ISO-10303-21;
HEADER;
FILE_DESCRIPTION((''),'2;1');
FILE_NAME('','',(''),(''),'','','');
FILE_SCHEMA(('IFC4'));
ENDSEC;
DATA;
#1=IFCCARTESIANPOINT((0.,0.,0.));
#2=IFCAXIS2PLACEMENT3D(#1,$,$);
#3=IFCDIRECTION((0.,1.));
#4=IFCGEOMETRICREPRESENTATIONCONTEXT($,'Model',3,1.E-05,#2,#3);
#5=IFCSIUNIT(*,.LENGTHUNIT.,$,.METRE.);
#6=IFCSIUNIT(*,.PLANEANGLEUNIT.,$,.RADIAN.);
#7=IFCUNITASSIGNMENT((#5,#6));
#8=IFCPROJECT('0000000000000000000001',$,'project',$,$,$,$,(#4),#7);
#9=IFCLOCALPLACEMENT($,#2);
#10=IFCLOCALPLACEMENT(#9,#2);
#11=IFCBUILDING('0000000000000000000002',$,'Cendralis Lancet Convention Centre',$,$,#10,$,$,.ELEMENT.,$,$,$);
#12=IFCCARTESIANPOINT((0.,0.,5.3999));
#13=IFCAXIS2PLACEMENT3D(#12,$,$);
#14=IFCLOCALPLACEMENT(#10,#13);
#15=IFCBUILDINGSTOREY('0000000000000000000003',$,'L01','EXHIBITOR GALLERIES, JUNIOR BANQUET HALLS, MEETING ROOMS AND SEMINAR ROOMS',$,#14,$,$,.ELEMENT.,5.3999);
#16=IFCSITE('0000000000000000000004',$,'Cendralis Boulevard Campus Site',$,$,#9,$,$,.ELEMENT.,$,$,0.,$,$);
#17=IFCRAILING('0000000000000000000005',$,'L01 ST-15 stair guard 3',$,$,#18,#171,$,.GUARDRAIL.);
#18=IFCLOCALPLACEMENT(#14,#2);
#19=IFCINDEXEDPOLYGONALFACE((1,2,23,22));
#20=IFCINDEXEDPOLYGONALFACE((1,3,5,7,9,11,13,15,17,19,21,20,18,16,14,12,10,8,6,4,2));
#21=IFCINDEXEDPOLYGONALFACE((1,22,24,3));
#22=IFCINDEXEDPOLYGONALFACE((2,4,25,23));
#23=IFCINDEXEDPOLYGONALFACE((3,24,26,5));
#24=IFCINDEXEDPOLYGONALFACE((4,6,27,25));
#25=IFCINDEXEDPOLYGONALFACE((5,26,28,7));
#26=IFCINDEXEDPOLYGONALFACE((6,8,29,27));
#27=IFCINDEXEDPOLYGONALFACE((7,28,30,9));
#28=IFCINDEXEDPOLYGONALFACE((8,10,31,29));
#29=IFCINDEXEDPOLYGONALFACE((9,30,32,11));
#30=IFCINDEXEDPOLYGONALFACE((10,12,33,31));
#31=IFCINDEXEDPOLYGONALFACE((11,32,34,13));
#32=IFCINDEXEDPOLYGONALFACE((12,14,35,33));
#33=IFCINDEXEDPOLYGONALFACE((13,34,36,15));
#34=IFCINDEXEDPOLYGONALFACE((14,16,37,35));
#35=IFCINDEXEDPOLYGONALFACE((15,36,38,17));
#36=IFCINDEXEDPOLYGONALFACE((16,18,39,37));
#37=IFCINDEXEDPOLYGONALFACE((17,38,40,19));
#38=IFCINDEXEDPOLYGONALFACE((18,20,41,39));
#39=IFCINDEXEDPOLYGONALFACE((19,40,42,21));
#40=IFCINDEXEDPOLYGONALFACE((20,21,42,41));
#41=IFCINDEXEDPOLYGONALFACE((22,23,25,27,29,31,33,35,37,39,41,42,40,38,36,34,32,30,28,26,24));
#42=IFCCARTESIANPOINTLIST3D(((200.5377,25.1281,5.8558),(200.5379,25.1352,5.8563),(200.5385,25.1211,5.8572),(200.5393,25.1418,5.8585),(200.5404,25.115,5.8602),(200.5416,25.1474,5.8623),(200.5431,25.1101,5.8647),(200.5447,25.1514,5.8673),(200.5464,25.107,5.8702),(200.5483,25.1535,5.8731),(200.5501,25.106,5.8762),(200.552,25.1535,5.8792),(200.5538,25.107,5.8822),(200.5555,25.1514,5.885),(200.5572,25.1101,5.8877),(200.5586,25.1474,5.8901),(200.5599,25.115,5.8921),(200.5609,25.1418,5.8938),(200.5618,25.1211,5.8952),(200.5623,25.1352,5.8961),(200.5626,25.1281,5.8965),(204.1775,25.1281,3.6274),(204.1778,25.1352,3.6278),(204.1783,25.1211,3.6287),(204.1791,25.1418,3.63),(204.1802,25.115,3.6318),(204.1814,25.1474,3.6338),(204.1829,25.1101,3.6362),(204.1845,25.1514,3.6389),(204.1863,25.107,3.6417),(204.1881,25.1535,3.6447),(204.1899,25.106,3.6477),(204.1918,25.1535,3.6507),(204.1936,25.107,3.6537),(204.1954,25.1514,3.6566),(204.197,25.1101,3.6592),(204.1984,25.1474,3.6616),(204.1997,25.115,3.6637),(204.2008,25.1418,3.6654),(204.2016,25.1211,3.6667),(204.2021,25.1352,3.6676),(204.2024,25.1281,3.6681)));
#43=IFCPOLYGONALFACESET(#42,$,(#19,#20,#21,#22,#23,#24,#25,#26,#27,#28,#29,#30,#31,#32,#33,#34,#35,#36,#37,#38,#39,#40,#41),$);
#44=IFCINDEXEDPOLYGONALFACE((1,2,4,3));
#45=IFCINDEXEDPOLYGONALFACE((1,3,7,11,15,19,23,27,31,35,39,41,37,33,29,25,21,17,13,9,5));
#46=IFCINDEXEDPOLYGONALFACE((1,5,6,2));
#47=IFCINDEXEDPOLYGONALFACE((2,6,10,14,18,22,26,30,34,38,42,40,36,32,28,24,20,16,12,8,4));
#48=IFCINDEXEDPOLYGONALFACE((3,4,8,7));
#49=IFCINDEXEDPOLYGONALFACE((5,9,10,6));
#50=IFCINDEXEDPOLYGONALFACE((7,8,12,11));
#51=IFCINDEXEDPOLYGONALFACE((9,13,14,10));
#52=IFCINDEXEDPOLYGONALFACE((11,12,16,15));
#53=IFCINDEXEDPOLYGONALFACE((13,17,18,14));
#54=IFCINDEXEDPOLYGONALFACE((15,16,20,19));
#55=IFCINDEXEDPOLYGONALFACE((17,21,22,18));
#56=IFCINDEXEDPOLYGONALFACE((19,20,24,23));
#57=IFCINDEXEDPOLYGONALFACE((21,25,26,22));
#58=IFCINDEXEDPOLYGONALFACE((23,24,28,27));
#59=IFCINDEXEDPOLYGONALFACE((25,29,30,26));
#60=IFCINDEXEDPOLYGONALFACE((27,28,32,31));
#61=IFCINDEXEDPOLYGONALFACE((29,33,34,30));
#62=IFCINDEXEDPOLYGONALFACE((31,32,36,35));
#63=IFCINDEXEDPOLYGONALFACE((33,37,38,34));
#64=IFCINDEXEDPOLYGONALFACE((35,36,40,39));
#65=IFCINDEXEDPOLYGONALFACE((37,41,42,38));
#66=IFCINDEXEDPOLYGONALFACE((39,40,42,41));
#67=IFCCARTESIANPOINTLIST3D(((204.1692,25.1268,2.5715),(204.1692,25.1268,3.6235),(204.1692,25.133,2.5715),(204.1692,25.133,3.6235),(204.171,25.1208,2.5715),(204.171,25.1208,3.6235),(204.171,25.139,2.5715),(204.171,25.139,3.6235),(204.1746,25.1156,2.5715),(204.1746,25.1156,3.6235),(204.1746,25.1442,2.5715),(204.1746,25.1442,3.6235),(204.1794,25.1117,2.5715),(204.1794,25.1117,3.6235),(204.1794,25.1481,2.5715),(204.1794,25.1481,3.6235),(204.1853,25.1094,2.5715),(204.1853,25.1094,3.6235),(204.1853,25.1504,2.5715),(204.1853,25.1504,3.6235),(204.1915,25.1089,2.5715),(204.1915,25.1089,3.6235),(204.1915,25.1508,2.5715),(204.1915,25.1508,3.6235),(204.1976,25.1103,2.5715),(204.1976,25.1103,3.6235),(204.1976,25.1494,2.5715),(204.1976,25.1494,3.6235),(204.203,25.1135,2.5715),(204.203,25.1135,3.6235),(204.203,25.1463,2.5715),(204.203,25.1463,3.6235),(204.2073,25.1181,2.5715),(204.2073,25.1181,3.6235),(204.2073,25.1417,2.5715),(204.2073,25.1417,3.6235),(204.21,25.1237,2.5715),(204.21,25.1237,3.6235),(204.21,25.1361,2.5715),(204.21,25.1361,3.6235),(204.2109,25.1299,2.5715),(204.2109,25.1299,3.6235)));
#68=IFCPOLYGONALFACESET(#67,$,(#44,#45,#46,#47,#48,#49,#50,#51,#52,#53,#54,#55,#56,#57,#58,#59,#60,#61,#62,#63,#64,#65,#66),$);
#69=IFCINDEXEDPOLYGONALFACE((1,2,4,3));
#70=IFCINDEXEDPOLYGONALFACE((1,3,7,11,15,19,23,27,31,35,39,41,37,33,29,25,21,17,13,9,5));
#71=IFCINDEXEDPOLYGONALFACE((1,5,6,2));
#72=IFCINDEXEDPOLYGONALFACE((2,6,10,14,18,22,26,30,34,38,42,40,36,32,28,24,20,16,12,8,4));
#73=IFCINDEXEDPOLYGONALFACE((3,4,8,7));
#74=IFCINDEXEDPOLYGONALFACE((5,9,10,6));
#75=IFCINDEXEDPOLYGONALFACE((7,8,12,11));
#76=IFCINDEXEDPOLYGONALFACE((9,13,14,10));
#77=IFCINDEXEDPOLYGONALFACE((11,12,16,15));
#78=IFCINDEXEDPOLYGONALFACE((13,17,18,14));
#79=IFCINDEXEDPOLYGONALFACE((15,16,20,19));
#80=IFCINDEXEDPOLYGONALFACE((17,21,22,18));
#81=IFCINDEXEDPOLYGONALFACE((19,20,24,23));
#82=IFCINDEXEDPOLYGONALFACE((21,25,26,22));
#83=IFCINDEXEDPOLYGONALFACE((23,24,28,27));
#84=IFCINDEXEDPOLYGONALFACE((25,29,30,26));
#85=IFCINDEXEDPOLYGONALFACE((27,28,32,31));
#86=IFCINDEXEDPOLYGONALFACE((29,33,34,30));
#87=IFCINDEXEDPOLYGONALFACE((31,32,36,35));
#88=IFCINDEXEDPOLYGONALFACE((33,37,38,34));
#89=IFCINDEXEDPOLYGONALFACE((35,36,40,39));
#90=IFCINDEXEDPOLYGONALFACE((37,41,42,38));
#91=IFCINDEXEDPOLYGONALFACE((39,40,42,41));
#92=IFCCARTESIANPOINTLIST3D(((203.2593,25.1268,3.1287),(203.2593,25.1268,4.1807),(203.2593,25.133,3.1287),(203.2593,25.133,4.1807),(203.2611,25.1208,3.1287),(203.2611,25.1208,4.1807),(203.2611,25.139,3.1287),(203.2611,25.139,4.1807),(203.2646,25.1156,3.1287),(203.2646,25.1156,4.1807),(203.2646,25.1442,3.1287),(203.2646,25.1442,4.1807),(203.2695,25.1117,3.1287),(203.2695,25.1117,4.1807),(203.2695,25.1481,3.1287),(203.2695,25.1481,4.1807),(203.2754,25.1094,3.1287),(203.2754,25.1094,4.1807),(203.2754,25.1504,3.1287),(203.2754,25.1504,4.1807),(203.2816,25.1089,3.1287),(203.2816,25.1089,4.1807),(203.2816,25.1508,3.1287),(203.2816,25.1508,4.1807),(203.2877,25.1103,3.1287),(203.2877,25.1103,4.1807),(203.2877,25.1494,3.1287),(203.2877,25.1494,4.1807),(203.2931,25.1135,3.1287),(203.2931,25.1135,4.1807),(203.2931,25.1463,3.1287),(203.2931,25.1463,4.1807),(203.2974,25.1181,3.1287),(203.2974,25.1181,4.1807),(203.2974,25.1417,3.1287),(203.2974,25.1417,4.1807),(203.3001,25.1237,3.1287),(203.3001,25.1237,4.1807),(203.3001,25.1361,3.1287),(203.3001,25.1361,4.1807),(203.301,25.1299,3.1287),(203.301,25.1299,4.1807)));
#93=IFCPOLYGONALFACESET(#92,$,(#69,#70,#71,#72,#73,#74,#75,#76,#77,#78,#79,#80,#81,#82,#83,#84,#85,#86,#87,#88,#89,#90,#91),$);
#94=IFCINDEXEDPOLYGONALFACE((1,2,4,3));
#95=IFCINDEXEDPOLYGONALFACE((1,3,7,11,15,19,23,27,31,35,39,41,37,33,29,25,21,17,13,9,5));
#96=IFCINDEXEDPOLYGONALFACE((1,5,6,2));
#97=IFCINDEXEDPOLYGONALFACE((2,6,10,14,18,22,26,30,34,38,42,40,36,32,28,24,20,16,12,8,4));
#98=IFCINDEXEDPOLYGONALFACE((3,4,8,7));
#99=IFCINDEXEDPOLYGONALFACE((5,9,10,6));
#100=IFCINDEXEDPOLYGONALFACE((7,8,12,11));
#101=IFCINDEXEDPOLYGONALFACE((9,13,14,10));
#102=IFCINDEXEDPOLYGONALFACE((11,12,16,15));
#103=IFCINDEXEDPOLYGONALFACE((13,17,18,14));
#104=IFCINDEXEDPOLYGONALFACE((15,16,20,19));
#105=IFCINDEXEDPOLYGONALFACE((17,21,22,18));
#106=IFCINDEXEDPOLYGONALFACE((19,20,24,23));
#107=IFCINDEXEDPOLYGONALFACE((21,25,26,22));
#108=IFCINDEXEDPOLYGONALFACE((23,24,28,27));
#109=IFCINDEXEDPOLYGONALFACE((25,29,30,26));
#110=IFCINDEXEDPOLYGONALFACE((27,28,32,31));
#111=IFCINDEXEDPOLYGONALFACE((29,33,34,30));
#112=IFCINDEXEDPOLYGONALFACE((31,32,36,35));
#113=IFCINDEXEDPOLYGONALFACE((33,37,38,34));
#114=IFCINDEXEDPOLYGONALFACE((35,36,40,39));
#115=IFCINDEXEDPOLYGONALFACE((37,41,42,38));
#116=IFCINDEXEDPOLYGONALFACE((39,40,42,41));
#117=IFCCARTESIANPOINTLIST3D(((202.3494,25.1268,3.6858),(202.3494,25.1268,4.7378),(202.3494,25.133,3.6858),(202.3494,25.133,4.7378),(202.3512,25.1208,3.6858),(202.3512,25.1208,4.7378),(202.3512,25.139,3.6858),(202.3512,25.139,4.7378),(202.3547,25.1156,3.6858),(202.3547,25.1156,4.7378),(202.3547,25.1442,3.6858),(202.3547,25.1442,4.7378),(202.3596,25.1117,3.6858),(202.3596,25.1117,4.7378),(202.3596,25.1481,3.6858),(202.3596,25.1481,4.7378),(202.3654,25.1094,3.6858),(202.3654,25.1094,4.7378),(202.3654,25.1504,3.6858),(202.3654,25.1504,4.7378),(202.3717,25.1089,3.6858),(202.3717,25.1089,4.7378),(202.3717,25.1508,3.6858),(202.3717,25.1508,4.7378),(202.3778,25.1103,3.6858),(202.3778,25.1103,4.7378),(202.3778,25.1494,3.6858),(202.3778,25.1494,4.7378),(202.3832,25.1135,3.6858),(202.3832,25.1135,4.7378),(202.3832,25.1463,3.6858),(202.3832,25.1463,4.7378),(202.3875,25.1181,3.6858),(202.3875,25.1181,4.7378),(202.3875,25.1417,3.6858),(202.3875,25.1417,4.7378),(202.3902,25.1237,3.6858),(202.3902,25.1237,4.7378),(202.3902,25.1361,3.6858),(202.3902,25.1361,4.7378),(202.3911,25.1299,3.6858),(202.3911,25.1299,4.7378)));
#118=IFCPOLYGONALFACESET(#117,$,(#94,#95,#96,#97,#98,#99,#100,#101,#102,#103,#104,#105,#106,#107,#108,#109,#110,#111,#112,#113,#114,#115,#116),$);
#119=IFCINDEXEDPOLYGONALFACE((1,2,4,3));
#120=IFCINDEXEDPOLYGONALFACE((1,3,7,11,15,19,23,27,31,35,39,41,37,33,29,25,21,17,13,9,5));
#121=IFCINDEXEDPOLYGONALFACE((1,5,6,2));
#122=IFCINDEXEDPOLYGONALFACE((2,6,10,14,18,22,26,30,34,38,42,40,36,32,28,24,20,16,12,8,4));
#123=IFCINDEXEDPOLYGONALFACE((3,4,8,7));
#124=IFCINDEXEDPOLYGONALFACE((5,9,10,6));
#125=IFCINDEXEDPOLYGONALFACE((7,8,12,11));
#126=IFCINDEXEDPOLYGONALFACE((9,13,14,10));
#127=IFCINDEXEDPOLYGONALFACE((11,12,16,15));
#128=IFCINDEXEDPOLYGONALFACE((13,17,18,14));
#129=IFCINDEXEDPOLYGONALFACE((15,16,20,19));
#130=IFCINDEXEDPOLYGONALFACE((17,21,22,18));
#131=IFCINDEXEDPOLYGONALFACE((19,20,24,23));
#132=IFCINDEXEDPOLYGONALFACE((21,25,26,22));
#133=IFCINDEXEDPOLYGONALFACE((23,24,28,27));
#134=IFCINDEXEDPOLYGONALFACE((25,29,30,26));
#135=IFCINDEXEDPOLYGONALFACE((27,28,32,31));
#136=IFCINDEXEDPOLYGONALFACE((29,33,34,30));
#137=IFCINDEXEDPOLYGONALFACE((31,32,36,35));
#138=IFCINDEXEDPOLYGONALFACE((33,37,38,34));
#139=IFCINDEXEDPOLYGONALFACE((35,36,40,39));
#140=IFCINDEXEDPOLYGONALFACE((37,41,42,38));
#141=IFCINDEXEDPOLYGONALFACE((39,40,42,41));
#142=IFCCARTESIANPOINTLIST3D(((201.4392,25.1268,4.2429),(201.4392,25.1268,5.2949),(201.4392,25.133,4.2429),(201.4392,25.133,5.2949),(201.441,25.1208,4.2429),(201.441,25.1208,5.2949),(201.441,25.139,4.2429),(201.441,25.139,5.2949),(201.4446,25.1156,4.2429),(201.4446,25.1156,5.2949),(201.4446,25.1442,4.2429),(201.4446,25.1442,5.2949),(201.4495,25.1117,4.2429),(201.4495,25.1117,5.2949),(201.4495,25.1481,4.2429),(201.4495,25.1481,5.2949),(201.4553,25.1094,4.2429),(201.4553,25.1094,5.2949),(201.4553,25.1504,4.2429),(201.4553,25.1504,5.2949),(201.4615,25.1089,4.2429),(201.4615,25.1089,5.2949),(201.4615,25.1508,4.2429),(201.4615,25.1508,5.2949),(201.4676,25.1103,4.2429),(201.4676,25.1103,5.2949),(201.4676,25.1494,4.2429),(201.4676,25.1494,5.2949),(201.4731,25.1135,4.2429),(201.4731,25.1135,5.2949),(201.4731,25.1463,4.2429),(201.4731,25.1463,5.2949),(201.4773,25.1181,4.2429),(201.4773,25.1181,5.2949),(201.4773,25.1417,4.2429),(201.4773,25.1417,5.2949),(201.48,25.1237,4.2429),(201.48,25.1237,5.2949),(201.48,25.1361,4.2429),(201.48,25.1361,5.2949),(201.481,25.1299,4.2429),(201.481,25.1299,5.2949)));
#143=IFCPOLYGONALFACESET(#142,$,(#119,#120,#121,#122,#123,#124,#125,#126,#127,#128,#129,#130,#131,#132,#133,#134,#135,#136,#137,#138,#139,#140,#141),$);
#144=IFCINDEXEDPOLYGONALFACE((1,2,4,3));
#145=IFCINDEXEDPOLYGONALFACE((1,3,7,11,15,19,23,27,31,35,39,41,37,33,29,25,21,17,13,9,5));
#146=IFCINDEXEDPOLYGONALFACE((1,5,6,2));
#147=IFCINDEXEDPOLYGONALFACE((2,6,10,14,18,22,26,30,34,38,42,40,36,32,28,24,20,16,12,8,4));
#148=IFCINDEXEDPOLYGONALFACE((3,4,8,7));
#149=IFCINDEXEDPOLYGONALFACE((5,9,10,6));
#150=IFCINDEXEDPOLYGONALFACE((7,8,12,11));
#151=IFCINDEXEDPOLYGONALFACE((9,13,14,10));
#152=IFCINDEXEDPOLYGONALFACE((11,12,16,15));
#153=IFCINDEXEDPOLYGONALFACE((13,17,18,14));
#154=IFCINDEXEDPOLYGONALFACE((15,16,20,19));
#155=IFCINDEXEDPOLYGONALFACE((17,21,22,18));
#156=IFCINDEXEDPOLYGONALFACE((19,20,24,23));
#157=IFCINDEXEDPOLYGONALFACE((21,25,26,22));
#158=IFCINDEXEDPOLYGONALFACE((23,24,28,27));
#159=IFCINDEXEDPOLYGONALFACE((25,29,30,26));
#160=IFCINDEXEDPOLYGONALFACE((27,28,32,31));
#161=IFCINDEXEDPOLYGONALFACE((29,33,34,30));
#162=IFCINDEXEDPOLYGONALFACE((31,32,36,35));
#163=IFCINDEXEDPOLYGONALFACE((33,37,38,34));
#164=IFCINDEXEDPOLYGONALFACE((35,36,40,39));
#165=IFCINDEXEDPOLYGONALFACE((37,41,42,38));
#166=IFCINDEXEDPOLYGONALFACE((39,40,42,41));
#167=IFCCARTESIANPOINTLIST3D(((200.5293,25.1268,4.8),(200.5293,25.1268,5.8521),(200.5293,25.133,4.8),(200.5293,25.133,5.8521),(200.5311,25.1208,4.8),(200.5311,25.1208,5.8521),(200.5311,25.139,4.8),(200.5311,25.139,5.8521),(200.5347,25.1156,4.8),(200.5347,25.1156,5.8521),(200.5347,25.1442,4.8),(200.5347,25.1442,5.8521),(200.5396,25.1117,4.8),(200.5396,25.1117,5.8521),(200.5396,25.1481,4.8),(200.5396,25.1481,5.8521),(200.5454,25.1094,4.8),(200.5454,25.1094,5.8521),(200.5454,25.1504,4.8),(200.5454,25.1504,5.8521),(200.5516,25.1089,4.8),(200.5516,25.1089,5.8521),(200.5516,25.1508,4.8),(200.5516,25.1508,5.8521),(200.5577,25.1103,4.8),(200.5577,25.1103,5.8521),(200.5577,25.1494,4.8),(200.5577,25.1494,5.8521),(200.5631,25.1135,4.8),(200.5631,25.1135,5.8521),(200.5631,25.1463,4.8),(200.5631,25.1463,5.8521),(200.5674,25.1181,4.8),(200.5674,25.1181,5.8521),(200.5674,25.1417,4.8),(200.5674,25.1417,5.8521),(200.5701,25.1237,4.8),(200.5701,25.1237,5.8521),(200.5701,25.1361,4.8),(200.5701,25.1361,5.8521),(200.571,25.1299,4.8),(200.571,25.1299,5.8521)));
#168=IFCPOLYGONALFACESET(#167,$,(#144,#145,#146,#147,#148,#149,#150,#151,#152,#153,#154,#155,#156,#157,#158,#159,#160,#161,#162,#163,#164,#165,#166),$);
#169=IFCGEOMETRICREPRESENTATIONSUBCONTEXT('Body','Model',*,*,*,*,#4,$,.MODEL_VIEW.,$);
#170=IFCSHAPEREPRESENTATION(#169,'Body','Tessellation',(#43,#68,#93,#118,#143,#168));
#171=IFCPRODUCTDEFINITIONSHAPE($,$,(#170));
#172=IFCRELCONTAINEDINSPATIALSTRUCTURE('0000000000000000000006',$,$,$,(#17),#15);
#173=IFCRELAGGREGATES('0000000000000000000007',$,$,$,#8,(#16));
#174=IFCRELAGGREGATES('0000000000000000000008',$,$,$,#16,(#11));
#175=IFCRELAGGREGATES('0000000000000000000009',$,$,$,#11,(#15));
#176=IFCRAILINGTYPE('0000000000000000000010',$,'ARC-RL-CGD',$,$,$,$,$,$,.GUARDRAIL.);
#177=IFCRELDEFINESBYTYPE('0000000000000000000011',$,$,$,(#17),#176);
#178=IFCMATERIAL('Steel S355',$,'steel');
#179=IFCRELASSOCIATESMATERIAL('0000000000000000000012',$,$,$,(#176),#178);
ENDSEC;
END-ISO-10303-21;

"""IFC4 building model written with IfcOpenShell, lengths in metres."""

from ifc_helpers import new_model, si_unit, direction, frame, origin, origin_2d, place, context, subcontext, project, spatial, circle, extrude, material, type_object, element, save


model = new_model("IFC4")

# Units and contexts
model_context = context("Model", 3, precision=1e-05, world=origin(), true_north=direction((0.0, 1.0)))
body_context = subcontext(model_context, "Body", "Model", "MODEL_VIEW")
ifc_project = project(units=[si_unit("LENGTHUNIT", "METRE"), si_unit("PLANEANGLEUNIT", "RADIAN")], contexts=[model_context])

# Site, building, storey
site_placement = place(None, origin())
site = spatial("IfcSite", under=ifc_project, at=site_placement, Name="Cendralis Boulevard Campus Site", CompositionType="ELEMENT", RefElevation=0.0)
building_placement = place(site_placement, origin())
building = spatial("IfcBuilding", under=site, at=building_placement, Name="Cendralis Lancet Convention Centre", CompositionType="ELEMENT")
storey_placement = place(building_placement, frame((0.0, 0.0, 5.3999)))
storey = spatial("IfcBuildingStorey", under=building, at=storey_placement, Name="L01", Description="EXHIBITOR GALLERIES, JUNIOR BANQUET HALLS, MEETING ROOMS AND SEMINAR ROOMS", CompositionType="ELEMENT", Elevation=5.3999)

# Shared definitions
ifc_material_1 = material(Name="Steel S355", Category="steel")

# Railing
railing_type_1 = type_object("IfcRailingType", Name="ARC-RL-CGD", PredefinedType="GUARDRAIL", material=ifc_material_1)
railing_1_placement = place(storey_placement, frame((204.1899, 25.1299, 2.5715)))
element("IfcRailing", 1, at=railing_1_placement, inside=storey, type_object=railing_type_1, Name="L01 ST-15 stair guard 3", PredefinedType="GUARDRAIL", context=body_context, shape_type="SweptSolid", body=[
    extrude(circle(Radius=0.0239, at=origin_2d()), frame((0.0, 0.0, 1.0762), z_axis=(-0.85285, 0.0, 0.522156), x_axis=(0.0, -1.0, 0.0)), (0.0, 0.0, 1.0), 4.2678),
    extrude(circle(Radius=0.021, at=origin_2d()), origin(), (0.0, 0.0, 1.0), 1.052),
    extrude(circle(Radius=0.021, at=origin_2d()), frame((-0.9099, 0.0, 0.5571)), (0.0, 0.0, 1.0), 1.052),
    extrude(circle(Radius=0.021, at=origin_2d()), frame((-1.8198, 0.0, 1.1143)), (0.0, 0.0, 1.0), 1.052),
    extrude(circle(Radius=0.021, at=origin_2d()), frame((-2.73, 0.0, 1.6714)), (0.0, 0.0, 1.0), 1.052),
    extrude(circle(Radius=0.021, at=origin_2d()), frame((-3.6399, 0.0, 2.2285)), (0.0, 0.0, 1.0), 1.052),
])

save(model, "model.ifc")
